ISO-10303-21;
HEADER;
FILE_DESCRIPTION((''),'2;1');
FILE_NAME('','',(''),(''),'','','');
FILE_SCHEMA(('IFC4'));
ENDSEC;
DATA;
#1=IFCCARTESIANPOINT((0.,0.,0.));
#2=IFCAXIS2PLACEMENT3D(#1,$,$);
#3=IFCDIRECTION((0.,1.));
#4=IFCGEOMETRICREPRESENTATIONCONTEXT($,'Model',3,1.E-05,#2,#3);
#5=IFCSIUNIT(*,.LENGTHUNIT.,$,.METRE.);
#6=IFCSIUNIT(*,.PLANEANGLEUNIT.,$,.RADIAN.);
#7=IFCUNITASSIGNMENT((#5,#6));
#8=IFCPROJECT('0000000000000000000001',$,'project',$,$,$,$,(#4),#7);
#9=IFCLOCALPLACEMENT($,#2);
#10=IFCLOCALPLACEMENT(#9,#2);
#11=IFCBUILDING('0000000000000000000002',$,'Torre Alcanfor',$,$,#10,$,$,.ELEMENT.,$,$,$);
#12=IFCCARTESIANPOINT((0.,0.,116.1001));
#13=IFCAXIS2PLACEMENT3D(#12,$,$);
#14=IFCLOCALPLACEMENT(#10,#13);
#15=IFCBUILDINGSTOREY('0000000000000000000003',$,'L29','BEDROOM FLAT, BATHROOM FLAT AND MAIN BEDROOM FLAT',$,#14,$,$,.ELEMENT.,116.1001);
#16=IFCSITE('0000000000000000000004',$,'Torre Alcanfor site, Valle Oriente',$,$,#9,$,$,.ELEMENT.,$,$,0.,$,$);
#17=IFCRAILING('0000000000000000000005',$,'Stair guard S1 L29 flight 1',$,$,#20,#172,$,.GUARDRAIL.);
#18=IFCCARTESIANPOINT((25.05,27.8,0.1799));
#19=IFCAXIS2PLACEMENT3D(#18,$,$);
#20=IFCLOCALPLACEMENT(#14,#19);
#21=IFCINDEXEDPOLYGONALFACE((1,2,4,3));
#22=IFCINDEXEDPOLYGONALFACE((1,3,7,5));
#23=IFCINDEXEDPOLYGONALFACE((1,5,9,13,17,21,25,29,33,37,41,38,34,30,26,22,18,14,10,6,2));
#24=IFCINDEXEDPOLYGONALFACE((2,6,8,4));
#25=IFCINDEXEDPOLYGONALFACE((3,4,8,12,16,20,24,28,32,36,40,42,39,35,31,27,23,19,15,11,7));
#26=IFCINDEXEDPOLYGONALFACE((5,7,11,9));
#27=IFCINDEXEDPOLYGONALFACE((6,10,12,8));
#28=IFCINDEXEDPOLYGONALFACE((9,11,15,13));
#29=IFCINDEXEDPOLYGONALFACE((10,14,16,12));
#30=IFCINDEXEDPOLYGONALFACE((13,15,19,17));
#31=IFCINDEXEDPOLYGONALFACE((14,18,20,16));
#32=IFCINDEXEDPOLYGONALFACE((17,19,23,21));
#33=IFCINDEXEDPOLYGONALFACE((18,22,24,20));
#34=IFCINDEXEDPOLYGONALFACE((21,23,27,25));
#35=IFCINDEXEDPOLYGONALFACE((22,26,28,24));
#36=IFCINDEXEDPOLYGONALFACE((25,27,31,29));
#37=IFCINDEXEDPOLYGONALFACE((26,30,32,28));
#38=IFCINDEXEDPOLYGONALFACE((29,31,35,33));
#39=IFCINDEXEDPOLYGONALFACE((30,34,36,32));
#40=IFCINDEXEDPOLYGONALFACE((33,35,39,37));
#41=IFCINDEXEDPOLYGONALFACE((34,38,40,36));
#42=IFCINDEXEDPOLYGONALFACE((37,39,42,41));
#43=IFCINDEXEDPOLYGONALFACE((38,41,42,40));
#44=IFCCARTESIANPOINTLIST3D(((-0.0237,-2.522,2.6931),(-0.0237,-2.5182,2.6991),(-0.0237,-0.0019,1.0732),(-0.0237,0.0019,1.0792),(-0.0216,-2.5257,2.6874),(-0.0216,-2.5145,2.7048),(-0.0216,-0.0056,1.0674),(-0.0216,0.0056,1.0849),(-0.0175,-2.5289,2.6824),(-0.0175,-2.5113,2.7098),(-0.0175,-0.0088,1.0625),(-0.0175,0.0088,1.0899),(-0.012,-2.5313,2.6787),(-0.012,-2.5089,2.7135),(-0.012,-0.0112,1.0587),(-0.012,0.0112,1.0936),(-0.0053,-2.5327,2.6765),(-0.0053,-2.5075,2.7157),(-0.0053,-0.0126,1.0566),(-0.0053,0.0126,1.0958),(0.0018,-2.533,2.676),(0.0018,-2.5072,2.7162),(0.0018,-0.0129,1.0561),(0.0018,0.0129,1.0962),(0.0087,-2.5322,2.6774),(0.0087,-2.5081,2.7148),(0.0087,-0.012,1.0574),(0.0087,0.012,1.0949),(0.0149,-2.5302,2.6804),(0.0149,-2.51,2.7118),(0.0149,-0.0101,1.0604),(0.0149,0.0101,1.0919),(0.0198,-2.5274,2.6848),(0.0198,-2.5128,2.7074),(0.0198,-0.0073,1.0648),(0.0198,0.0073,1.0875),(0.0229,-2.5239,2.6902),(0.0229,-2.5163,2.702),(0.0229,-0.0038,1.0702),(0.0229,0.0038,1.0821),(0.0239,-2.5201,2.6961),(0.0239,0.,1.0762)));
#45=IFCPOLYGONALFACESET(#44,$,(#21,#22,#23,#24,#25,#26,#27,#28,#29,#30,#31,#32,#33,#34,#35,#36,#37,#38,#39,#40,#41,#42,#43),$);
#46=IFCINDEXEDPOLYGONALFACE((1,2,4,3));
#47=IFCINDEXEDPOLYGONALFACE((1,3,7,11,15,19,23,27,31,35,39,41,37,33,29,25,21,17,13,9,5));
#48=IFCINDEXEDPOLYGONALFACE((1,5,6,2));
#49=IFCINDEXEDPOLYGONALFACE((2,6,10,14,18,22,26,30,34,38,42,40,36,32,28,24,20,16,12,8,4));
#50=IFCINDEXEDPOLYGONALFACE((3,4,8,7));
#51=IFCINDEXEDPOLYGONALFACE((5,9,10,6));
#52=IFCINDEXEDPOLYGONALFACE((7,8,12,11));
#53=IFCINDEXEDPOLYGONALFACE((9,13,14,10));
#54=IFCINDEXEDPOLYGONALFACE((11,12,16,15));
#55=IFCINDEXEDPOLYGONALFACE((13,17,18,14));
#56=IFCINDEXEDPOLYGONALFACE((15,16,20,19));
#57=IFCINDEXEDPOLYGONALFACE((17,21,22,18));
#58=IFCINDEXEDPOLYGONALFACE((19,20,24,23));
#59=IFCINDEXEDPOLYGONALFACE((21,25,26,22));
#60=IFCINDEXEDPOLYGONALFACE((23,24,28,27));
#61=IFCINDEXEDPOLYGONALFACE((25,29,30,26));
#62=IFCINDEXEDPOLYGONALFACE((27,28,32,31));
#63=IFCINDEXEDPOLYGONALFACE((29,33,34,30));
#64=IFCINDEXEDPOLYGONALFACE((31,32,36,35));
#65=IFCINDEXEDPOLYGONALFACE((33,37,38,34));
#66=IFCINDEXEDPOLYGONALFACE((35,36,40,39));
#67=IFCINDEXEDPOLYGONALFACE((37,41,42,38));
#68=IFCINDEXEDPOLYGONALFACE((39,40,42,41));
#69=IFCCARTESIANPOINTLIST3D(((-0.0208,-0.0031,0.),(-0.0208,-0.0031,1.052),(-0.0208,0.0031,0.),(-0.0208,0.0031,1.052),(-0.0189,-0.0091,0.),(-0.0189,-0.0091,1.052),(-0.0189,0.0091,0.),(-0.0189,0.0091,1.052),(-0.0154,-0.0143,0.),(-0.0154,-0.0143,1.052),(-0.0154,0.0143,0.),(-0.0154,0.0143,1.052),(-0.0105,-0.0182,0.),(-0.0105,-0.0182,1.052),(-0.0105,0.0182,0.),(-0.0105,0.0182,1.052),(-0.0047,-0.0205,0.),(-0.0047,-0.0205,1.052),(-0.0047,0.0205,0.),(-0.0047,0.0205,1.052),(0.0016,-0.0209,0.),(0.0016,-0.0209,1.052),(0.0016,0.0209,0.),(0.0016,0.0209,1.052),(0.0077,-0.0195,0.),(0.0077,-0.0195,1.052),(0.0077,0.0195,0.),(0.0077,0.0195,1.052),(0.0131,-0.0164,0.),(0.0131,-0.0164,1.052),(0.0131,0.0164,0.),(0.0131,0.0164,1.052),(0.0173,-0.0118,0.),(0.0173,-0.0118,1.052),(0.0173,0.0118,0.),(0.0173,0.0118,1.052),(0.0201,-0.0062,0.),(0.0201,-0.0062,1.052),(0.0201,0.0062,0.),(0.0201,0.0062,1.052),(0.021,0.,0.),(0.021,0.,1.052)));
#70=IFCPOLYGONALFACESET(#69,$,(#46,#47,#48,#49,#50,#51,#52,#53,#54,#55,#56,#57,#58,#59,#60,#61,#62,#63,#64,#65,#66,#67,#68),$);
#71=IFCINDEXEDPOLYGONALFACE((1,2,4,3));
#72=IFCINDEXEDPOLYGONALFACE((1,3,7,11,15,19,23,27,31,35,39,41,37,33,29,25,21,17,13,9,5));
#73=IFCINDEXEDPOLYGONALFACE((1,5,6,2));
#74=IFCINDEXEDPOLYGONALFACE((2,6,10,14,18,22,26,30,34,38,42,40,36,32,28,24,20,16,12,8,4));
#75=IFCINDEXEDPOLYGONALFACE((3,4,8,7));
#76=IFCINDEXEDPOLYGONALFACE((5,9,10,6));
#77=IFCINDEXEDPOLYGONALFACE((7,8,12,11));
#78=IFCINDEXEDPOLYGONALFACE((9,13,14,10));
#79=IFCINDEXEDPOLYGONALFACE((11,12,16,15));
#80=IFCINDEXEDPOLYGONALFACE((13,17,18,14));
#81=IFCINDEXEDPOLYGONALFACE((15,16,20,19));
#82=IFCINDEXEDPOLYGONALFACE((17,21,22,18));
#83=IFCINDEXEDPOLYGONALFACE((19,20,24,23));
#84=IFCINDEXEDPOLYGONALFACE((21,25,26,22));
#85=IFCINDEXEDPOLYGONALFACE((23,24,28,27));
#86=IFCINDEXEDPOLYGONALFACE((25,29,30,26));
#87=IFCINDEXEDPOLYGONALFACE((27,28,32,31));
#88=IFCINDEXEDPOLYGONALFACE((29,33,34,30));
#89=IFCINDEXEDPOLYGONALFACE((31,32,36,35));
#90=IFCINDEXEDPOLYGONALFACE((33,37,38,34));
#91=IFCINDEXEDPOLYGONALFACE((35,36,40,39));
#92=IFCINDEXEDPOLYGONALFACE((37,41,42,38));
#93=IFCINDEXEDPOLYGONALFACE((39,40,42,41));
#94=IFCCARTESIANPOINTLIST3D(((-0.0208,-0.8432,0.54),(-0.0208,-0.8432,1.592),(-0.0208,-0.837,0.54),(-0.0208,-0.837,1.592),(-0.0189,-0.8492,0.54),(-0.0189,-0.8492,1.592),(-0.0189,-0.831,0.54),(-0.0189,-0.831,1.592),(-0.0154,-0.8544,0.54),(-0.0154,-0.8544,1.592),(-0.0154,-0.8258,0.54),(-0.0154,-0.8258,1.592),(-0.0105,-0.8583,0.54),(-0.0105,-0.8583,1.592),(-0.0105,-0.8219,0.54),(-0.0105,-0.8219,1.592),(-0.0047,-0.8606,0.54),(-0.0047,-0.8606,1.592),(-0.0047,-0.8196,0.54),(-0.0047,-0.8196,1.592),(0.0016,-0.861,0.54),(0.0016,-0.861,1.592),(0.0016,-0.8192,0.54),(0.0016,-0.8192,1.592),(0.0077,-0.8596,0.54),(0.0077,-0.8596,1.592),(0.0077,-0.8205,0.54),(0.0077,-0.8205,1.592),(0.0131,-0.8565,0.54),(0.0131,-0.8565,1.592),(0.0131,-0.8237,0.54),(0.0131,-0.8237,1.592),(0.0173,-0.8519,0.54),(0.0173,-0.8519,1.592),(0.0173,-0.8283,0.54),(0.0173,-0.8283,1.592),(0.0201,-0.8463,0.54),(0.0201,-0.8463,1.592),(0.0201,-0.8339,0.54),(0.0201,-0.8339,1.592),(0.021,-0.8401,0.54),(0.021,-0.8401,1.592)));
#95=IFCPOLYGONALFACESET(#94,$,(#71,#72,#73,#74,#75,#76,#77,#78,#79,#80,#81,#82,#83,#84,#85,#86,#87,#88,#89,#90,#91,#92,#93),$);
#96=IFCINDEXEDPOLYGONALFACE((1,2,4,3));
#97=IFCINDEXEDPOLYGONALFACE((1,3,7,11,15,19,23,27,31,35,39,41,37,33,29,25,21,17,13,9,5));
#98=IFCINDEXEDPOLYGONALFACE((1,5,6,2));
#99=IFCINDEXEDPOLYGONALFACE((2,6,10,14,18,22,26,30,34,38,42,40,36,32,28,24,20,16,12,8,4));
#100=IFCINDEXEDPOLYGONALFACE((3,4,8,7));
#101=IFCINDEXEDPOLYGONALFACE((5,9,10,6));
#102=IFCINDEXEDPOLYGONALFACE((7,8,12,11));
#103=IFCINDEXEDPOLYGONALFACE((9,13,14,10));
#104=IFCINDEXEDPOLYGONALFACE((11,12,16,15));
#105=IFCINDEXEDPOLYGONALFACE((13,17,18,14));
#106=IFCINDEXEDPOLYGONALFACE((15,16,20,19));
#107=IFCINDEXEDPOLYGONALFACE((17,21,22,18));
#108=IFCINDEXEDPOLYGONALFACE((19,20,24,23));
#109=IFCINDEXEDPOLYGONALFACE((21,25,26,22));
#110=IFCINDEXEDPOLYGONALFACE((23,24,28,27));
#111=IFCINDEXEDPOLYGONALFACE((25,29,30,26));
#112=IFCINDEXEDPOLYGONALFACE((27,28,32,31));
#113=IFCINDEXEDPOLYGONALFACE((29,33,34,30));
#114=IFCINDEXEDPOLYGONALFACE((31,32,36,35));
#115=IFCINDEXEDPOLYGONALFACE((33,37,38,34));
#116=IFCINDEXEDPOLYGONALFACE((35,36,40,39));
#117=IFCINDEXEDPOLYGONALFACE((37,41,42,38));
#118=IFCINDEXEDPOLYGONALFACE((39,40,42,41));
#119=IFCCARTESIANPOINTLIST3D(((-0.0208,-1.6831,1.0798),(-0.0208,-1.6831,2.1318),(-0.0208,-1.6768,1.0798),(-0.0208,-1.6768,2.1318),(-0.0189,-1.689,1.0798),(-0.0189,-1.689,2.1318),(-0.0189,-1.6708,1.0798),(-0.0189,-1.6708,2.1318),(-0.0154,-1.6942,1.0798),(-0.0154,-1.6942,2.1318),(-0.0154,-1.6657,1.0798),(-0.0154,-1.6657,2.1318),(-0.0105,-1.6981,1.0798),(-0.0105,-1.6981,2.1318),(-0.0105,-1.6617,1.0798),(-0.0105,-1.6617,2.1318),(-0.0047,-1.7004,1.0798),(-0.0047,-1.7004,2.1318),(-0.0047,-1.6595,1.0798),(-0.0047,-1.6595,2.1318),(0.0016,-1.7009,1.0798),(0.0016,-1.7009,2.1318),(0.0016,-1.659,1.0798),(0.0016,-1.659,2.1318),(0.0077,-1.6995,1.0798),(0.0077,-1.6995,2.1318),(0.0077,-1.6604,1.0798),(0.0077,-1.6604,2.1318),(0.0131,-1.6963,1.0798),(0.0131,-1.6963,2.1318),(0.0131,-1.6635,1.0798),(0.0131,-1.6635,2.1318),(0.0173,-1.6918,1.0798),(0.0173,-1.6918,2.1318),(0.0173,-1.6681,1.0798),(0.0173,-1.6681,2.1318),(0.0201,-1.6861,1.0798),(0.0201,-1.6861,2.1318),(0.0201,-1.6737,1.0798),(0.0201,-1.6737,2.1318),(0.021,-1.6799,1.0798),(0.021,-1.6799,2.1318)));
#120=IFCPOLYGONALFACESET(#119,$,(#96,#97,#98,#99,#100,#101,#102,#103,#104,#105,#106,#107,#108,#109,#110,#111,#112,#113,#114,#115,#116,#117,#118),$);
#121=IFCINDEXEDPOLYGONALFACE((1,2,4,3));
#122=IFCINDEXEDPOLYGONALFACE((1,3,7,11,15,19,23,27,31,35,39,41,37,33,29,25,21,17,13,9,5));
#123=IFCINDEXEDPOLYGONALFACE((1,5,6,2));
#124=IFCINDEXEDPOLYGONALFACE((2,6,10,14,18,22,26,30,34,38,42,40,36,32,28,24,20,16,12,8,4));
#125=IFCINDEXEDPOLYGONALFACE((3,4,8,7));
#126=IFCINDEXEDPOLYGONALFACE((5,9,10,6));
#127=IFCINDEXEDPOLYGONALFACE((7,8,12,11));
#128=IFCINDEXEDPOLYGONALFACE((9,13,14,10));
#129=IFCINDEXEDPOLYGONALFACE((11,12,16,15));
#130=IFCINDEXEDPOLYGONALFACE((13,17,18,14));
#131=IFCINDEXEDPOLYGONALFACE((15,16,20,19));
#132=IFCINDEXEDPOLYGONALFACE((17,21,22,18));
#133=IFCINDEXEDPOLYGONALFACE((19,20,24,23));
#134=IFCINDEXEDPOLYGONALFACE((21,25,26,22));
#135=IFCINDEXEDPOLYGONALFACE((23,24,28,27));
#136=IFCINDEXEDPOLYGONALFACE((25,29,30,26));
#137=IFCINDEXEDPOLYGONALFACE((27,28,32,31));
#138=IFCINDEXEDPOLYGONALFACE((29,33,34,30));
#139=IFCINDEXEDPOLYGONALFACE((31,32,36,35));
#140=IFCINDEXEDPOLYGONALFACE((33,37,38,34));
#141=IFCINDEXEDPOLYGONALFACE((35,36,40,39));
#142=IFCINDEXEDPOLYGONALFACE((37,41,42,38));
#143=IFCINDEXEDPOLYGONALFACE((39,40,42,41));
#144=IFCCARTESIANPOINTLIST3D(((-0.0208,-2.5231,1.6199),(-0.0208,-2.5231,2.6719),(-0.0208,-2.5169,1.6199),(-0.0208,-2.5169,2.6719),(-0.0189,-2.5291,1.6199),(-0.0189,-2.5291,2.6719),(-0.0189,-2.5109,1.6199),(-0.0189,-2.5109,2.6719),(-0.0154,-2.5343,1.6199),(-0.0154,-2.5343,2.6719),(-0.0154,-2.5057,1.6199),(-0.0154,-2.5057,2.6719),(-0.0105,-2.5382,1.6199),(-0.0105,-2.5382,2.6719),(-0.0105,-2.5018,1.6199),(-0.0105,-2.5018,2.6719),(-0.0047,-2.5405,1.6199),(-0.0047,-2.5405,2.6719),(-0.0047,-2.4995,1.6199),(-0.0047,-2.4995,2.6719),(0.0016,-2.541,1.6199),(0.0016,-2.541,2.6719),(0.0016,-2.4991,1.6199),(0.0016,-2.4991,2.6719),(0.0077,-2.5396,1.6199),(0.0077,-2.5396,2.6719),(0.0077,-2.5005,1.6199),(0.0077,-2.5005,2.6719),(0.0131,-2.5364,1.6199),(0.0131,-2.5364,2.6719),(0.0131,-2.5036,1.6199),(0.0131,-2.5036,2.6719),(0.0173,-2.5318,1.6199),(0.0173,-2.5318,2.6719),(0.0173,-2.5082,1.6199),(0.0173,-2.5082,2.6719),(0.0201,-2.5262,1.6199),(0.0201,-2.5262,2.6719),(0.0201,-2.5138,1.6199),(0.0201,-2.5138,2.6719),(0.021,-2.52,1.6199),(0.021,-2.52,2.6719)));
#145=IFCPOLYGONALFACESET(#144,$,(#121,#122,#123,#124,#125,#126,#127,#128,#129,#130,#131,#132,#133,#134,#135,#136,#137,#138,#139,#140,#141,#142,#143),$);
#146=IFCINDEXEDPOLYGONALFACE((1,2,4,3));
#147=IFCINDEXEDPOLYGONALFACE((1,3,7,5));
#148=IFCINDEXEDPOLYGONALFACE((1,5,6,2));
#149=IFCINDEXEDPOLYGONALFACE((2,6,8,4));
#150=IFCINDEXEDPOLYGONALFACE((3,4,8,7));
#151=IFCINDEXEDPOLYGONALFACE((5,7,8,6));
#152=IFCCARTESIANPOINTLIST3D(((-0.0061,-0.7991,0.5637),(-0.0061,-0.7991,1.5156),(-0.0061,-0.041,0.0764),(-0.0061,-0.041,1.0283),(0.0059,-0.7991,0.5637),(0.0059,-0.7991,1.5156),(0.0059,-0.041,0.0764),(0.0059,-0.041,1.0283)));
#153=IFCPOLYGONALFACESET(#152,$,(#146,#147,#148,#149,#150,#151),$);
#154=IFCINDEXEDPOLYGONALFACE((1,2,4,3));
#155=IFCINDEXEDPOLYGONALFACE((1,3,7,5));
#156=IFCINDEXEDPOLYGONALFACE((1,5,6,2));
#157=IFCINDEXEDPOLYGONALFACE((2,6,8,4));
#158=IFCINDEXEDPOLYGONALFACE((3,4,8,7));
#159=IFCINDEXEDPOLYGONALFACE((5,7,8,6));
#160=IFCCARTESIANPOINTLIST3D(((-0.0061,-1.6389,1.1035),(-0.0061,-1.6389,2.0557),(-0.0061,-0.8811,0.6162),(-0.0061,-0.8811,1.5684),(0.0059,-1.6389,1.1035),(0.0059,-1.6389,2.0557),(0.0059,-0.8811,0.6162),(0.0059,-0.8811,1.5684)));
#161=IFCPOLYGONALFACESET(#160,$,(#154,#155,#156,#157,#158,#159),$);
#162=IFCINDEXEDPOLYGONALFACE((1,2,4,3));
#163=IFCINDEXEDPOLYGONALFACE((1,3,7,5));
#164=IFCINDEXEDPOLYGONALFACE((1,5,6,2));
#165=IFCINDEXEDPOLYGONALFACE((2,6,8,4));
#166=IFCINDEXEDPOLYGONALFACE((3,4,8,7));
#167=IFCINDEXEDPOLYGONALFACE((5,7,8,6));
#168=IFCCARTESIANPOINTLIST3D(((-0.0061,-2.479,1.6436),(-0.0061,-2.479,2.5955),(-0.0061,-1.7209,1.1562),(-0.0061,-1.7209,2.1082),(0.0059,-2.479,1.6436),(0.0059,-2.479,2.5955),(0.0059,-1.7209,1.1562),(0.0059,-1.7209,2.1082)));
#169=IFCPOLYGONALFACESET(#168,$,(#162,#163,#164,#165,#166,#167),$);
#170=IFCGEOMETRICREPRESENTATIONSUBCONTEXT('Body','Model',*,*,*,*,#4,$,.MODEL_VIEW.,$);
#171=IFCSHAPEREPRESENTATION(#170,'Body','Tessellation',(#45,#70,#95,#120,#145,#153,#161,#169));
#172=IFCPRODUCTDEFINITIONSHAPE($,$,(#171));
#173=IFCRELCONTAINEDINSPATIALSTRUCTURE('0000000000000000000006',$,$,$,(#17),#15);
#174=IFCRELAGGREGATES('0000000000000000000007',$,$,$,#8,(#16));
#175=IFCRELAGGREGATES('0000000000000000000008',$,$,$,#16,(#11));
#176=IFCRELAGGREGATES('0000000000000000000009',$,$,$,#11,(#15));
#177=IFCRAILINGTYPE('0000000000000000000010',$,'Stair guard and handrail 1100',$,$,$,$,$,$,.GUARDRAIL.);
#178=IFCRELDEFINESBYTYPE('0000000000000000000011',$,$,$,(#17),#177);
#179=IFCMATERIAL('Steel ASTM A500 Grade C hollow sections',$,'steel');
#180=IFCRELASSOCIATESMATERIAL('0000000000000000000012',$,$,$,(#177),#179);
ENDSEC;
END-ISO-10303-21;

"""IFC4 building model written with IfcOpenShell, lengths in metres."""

from ifc_helpers import new_model, si_unit, direction, frame, origin, origin_2d, place, context, subcontext, project, spatial, polyline, circle, outline, extrude, material, type_object, element, save


model = new_model("IFC4")

# Units and contexts
model_context = context("Model", 3, precision=1e-05, world=origin(), true_north=direction((0.0, 1.0)))
body_context = subcontext(model_context, "Body", "Model", "MODEL_VIEW")
ifc_project = project(units=[si_unit("LENGTHUNIT", "METRE"), si_unit("PLANEANGLEUNIT", "RADIAN")], contexts=[model_context])

# Site, building, storey
site_placement = place(None, origin())
site = spatial("IfcSite", under=ifc_project, at=site_placement, Name="Torre Alcanfor site, Valle Oriente", CompositionType="ELEMENT", RefElevation=0.0)
building_placement = place(site_placement, origin())
building = spatial("IfcBuilding", under=site, at=building_placement, Name="Torre Alcanfor", CompositionType="ELEMENT")
storey_placement = place(building_placement, frame((0.0, 0.0, 116.1001)))
storey = spatial("IfcBuildingStorey", under=building, at=storey_placement, Name="L29", Description="BEDROOM FLAT, BATHROOM FLAT AND MAIN BEDROOM FLAT", CompositionType="ELEMENT", Elevation=116.1001)

# Railing
ifc_material_1 = material(Name="Steel ASTM A500 Grade C hollow sections", Category="steel")
railing_type_1 = type_object("IfcRailingType", Name="Stair guard and handrail 1100", PredefinedType="GUARDRAIL", material=ifc_material_1)
railing_1_placement = place(storey_placement, frame((25.05, 27.8, 0.1799)))
element("IfcRailing", 1, at=railing_1_placement, inside=storey, type_object=railing_type_1, Name="Stair guard S1 L29 flight 1", PredefinedType="GUARDRAIL", context=body_context, shape_type="SweptSolid", body=[
    extrude(circle(Radius=0.0239, at=origin_2d()), frame((0.0, 0.0, 1.0762), z_axis=(0.0, -0.8412, 0.540725), x_axis=(1.0, 0.0, 0.0)), (0.0, 0.0, 1.0), 2.9958),
    extrude(circle(Radius=0.021, at=origin_2d()), origin(), (0.0, 0.0, 1.0), 1.052),
    extrude(circle(Radius=0.021, at=origin_2d()), frame((0.0, -0.8401, 0.54)), (0.0, 0.0, 1.0), 1.052),
    extrude(circle(Radius=0.021, at=origin_2d()), frame((0.0, -1.6799, 1.0798)), (0.0, 0.0, 1.0), 1.052),
    extrude(circle(Radius=0.021, at=origin_2d()), frame((0.0, -2.52, 1.6199)), (0.0, 0.0, 1.0), 1.052),
    extrude(outline(polyline([(0.041, 0.0764), (0.7991, 0.5637), (0.7991, 1.5156), (0.041, 1.0283), (0.041, 0.0764)])), frame((0.0059, 0.0, 0.0), z_axis=(-1.0, 0.0, 0.0), x_axis=(0.0, -1.0, 0.0)), (0.0, 0.0, 1.0), 0.012),
    extrude(outline(polyline([(0.8811, 0.6162), (1.6389, 1.1035), (1.6389, 2.0557), (0.8811, 1.5684), (0.8811, 0.6162)])), frame((0.0059, 0.0, 0.0), z_axis=(-1.0, 0.0, 0.0), x_axis=(0.0, -1.0, 0.0)), (0.0, 0.0, 1.0), 0.012),
    extrude(outline(polyline([(1.7209, 1.1562), (2.479, 1.6436), (2.479, 2.5955), (1.7209, 2.1082), (1.7209, 1.1562)])), frame((0.0059, 0.0, 0.0), z_axis=(-1.0, 0.0, 0.0), x_axis=(0.0, -1.0, 0.0)), (0.0, 0.0, 1.0), 0.012),
])

save(model, "model.ifc")
